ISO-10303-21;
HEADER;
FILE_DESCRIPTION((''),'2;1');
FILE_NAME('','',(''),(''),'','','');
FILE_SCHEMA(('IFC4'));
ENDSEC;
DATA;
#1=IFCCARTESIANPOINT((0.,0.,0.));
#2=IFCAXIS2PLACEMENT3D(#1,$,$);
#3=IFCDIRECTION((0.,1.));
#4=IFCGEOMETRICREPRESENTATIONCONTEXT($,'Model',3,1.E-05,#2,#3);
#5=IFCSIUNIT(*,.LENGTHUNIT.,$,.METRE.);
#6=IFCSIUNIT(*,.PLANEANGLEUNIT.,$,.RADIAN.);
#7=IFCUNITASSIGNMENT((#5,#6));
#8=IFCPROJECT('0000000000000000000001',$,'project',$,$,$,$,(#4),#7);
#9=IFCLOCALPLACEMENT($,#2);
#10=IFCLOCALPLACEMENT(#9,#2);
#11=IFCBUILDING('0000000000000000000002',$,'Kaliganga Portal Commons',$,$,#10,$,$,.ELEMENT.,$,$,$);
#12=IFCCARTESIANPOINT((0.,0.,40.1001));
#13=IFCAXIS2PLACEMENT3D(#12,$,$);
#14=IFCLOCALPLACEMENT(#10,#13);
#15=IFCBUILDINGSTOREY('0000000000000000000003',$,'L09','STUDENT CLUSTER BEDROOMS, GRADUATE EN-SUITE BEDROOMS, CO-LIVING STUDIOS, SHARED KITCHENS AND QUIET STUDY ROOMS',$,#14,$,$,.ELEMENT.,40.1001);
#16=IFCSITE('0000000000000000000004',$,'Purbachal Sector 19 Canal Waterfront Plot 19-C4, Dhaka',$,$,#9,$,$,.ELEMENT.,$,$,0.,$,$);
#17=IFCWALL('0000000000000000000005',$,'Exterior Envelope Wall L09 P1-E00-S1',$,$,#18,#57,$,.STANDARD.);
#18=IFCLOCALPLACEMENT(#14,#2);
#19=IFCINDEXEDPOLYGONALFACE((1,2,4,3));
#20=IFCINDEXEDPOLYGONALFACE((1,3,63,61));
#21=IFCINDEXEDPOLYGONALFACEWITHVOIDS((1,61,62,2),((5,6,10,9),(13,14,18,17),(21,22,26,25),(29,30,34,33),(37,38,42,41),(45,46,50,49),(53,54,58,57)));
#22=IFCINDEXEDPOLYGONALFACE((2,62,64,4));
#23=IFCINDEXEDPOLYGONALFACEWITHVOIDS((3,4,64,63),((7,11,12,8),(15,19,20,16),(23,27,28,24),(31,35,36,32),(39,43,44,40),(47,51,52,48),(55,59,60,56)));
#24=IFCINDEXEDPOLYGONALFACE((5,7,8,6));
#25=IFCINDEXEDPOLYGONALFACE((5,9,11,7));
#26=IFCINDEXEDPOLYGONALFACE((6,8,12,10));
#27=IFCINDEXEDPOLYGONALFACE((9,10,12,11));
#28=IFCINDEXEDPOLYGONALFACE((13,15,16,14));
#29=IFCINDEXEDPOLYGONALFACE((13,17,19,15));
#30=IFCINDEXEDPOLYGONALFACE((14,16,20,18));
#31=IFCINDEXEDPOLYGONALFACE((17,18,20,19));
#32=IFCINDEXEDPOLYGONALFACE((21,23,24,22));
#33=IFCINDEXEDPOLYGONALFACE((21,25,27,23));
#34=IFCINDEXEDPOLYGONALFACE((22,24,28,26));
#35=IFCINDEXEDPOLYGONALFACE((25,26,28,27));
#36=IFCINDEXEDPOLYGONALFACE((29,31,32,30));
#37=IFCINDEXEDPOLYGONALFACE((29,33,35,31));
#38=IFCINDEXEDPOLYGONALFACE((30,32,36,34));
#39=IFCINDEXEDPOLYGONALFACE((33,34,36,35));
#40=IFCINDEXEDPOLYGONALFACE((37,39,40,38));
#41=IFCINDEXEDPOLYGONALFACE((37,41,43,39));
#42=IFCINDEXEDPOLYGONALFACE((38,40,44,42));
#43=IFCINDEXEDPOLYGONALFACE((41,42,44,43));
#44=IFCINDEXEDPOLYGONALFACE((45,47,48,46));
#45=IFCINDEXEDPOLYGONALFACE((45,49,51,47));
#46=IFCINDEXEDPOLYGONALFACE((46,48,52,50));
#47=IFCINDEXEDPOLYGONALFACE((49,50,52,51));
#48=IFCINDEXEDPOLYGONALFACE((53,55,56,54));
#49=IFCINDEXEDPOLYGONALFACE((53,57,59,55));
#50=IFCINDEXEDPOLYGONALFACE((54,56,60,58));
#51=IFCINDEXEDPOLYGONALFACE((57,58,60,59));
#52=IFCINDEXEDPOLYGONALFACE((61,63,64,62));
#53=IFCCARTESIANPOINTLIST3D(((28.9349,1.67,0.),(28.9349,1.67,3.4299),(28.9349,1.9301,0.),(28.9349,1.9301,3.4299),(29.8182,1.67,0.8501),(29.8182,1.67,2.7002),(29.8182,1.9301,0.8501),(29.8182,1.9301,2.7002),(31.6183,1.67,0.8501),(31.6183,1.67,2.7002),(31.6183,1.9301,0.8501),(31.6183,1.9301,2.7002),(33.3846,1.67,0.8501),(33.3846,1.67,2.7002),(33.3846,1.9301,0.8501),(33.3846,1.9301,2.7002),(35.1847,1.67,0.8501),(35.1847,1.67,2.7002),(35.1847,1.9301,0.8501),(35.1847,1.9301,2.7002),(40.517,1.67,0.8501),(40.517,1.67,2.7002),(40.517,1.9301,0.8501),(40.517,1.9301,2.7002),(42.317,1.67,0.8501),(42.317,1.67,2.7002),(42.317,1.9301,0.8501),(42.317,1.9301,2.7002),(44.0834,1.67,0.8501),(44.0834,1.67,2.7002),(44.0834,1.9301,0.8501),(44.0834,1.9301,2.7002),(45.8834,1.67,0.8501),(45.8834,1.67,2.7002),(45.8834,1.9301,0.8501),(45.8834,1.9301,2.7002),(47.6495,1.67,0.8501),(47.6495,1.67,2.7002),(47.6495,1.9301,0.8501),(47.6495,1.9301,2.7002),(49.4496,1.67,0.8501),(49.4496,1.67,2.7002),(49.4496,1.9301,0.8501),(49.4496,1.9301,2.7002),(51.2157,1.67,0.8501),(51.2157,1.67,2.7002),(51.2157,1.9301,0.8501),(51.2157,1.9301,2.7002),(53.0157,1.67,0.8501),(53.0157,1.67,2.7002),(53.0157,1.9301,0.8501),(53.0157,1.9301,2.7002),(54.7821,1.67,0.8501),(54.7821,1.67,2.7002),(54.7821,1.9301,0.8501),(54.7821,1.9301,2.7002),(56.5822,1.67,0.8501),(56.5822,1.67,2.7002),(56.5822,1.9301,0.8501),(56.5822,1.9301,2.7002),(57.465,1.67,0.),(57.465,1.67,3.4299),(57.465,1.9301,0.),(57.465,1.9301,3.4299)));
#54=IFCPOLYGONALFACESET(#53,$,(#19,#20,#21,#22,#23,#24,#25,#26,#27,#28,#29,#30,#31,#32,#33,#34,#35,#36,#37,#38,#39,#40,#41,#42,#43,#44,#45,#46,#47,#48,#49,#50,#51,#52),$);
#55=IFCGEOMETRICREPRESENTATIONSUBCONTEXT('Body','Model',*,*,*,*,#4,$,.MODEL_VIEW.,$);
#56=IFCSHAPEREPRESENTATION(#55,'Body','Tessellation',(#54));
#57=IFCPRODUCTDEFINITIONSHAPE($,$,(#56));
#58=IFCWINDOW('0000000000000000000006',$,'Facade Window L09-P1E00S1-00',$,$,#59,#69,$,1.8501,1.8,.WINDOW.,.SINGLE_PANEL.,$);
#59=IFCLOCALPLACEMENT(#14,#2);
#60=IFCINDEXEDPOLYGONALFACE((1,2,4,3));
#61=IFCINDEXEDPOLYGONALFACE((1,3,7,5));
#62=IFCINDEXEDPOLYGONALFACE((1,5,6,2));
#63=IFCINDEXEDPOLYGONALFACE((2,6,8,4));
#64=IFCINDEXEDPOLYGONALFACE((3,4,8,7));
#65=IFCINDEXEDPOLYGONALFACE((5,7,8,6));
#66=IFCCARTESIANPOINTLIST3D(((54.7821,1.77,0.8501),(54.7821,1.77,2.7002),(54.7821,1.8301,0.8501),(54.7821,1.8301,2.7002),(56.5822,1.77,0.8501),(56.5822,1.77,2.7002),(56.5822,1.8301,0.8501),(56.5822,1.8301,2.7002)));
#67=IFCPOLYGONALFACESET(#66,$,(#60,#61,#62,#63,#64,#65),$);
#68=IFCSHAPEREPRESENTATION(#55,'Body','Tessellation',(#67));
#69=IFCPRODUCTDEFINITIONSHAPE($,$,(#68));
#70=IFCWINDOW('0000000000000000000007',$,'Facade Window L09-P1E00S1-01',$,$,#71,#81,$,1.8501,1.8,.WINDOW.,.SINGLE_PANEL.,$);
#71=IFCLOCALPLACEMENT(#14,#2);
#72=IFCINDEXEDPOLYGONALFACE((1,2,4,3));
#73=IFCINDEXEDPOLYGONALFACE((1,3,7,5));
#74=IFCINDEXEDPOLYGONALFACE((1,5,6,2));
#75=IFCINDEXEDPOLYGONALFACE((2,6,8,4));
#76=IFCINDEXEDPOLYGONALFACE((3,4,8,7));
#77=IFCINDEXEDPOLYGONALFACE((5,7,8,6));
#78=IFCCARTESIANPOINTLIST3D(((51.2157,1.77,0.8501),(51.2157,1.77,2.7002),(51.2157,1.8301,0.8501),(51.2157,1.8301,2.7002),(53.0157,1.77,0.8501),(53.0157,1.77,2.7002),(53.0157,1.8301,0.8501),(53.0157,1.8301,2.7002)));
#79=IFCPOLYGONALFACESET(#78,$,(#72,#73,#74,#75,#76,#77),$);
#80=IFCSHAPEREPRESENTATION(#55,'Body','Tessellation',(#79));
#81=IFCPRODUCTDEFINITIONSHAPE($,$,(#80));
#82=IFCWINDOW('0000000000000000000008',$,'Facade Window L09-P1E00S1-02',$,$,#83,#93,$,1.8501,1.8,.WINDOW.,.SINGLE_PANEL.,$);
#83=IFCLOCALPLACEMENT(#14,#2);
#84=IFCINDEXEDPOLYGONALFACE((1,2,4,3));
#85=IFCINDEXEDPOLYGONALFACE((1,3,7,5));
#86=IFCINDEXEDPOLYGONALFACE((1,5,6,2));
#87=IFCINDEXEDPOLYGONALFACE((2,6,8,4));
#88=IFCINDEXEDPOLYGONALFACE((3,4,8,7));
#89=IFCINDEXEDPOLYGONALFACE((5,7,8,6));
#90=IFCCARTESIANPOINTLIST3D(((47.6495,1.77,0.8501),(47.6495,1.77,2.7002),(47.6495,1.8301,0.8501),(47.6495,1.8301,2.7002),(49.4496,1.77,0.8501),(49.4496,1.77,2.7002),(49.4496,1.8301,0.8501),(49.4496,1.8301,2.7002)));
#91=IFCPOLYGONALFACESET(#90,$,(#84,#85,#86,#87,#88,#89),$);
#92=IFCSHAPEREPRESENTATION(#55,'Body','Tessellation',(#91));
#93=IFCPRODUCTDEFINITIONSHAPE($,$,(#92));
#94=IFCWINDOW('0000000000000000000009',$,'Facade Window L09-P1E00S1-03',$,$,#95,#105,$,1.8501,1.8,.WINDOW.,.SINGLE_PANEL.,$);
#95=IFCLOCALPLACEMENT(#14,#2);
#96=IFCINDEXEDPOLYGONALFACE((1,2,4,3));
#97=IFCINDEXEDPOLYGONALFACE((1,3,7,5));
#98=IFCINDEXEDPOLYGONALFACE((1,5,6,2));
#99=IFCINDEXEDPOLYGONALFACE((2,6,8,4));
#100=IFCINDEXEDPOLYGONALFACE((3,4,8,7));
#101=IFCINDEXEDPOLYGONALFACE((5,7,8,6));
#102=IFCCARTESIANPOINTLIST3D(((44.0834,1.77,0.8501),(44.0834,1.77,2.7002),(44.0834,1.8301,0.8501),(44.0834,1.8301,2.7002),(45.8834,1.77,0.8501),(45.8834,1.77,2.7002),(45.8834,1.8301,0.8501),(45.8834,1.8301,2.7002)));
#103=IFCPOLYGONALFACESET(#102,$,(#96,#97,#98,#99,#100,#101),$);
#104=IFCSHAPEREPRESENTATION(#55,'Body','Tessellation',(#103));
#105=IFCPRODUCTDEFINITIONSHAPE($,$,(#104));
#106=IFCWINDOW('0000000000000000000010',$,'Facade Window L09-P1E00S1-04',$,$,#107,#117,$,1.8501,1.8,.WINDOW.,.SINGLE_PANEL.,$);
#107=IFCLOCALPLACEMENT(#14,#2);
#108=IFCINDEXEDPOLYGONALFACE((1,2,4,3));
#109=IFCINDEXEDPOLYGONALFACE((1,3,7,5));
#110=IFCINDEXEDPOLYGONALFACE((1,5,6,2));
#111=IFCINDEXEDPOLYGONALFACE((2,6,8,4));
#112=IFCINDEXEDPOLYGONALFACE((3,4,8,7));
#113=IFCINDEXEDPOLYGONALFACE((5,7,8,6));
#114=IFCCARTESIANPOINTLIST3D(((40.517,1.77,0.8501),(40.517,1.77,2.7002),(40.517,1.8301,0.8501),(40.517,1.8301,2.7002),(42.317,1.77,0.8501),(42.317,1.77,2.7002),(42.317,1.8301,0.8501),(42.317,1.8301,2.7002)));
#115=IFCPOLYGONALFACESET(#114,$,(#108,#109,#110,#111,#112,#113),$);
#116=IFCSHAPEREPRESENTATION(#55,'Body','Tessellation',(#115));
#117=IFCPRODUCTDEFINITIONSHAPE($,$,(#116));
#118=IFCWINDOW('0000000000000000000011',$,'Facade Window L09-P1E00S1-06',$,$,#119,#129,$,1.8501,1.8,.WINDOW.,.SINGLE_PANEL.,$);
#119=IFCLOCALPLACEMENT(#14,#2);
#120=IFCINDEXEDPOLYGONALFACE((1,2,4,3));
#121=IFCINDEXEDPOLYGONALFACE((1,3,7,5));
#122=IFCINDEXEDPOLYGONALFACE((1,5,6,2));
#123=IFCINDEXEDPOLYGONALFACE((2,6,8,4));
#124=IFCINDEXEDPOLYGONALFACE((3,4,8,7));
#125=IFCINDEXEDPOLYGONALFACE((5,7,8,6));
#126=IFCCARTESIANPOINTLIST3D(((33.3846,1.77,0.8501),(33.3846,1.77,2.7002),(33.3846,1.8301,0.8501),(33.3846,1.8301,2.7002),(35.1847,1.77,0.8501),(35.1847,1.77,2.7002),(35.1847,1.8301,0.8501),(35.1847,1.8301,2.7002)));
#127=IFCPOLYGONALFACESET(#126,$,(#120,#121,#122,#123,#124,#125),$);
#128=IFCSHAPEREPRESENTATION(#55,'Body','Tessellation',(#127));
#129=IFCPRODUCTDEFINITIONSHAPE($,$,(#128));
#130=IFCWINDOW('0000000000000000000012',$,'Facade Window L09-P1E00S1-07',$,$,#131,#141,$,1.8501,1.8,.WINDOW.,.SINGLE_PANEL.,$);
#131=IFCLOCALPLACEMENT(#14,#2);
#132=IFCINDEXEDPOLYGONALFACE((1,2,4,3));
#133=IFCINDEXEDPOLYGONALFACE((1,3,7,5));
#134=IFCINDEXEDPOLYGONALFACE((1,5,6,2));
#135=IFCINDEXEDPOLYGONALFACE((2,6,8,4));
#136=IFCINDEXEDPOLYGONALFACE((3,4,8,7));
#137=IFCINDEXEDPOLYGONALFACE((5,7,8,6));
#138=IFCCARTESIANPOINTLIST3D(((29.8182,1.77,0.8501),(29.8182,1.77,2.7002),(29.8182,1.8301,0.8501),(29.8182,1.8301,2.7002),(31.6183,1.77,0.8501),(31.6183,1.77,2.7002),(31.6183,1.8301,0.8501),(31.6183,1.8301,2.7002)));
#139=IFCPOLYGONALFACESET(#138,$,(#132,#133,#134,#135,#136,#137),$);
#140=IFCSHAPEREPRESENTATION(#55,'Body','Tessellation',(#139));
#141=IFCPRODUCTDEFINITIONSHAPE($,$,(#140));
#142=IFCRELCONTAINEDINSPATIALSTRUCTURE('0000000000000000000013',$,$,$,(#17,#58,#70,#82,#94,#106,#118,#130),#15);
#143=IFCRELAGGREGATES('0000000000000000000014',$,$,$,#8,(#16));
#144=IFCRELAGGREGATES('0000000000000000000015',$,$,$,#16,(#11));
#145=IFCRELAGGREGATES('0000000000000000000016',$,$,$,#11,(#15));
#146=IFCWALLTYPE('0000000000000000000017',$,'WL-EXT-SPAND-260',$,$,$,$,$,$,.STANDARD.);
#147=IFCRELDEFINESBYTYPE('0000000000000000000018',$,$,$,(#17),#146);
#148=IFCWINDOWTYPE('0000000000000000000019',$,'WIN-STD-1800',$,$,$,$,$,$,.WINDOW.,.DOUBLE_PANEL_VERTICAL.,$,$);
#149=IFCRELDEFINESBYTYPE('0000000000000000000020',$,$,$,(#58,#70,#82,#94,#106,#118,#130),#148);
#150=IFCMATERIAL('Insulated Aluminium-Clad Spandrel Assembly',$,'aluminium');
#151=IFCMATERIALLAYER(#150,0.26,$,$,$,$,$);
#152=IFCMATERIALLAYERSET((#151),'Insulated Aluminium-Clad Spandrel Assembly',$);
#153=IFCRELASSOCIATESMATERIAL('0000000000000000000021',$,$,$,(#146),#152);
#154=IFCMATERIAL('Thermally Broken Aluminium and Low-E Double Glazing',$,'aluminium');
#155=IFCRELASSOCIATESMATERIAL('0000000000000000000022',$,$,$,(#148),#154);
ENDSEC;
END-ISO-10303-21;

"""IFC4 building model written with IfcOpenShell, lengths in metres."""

from ifc_helpers import new_model, si_unit, direction, frame, frame_2d, origin, place, context, subcontext, project, spatial, rectangle, extrude, material, layer, layer_set, type_object, element, fill, save


model = new_model("IFC4")

# Units and contexts
model_context = context("Model", 3, precision=1e-05, world=origin(), true_north=direction((0.0, 1.0)))
body_context = subcontext(model_context, "Body", "Model", "MODEL_VIEW")
ifc_project = project(units=[si_unit("LENGTHUNIT", "METRE"), si_unit("PLANEANGLEUNIT", "RADIAN")], contexts=[model_context])

# Site, building, storey
site_placement = place(None, origin())
site = spatial("IfcSite", under=ifc_project, at=site_placement, Name="Purbachal Sector 19 Canal Waterfront Plot 19-C4, Dhaka", CompositionType="ELEMENT", RefElevation=0.0)
building_placement = place(site_placement, origin())
building = spatial("IfcBuilding", under=site, at=building_placement, Name="Kaliganga Portal Commons", CompositionType="ELEMENT")
storey_placement = place(building_placement, frame((0.0, 0.0, 40.1001)))
storey = spatial("IfcBuildingStorey", under=building, at=storey_placement, Name="L09", Description="STUDENT CLUSTER BEDROOMS, GRADUATE EN-SUITE BEDROOMS, CO-LIVING STUDIOS, SHARED KITCHENS AND QUIET STUDY ROOMS", CompositionType="ELEMENT", Elevation=40.1001)

# Wall, openings, windows
ifc_material_1 = material(Name="Insulated Aluminium-Clad Spandrel Assembly", Category="aluminium")
ifc_layer_1 = layer(ifc_material_1, 0.26)
ifc_layer_set_1 = layer_set([ifc_layer_1], Name="Insulated Aluminium-Clad Spandrel Assembly")
wall_type_1 = type_object("IfcWallType", Name="WL-EXT-SPAND-260", PredefinedType="STANDARD", material=ifc_layer_set_1)
wall_1_placement = place(storey_placement, frame((57.4651, 1.8, 0.0), z_axis=(0.0, 0.0, 1.0), x_axis=(-1.0, 0.0, 0.0)))
wall_1 = element("IfcWall", 1, at=wall_1_placement, inside=storey, type_object=wall_type_1, Name="Exterior Envelope Wall L09 P1-E00-S1", PredefinedType="STANDARD", context=body_context, shape_type="SweptSolid", body=[
    extrude(rectangle(XDim=28.53, YDim=0.26, at=frame_2d((14.2651, 0.0))), origin(), (0.0, 0.0, 1.0), 3.4299),
])
opening_1_placement = place(wall_1_placement, frame((0.8831, 0.0, 0.8501)))
opening_1 = element("IfcOpeningElement", 2, at=opening_1_placement, cuts=wall_1, PredefinedType="OPENING", context=body_context, shape_type="SweptSolid", body=[
    extrude(rectangle(XDim=1.8, YDim=1.8501, at=frame_2d((0.8999, 0.925))), frame((0.0, 0.1401, 0.0), z_axis=(0.0, -1.0, 0.0), x_axis=(1.0, 0.0, 0.0)), (0.0, 0.0, 1.0), 0.28),
])
opening_2_placement = place(wall_1_placement, frame((4.4495, 0.0, 0.8501)))
opening_2 = element("IfcOpeningElement", 3, at=opening_2_placement, cuts=wall_1, PredefinedType="OPENING", context=body_context, shape_type="SweptSolid", body=[
    extrude(rectangle(XDim=1.8, YDim=1.8501, at=frame_2d((0.8999, 0.925))), frame((0.0, 0.1401, 0.0), z_axis=(0.0, -1.0, 0.0), x_axis=(1.0, 0.0, 0.0)), (0.0, 0.0, 1.0), 0.28),
])
opening_3_placement = place(wall_1_placement, frame((8.0156, 0.0, 0.8501)))
opening_3 = element("IfcOpeningElement", 4, at=opening_3_placement, cuts=wall_1, PredefinedType="OPENING", context=body_context, shape_type="SweptSolid", body=[
    extrude(rectangle(XDim=1.8, YDim=1.8501, at=frame_2d((0.8999, 0.925))), frame((0.0, 0.1401, 0.0), z_axis=(0.0, -1.0, 0.0), x_axis=(1.0, 0.0, 0.0)), (0.0, 0.0, 1.0), 0.28),
])
opening_4_placement = place(wall_1_placement, frame((11.5818, 0.0, 0.8501)))
opening_4 = element("IfcOpeningElement", 5, at=opening_4_placement, cuts=wall_1, PredefinedType="OPENING", context=body_context, shape_type="SweptSolid", body=[
    extrude(rectangle(XDim=1.8, YDim=1.8501, at=frame_2d((0.8999, 0.925))), frame((0.0, 0.1401, 0.0), z_axis=(0.0, -1.0, 0.0), x_axis=(1.0, 0.0, 0.0)), (0.0, 0.0, 1.0), 0.28),
])
opening_5_placement = place(wall_1_placement, frame((15.1482, 0.0, 0.8501)))
opening_5 = element("IfcOpeningElement", 6, at=opening_5_placement, cuts=wall_1, PredefinedType="OPENING", context=body_context, shape_type="SweptSolid", body=[
    extrude(rectangle(XDim=1.8, YDim=1.8501, at=frame_2d((0.8999, 0.925))), frame((0.0, 0.1401, 0.0), z_axis=(0.0, -1.0, 0.0), x_axis=(1.0, 0.0, 0.0)), (0.0, 0.0, 1.0), 0.28),
])
opening_6_placement = place(wall_1_placement, frame((22.2805, 0.0, 0.8501)))
opening_6 = element("IfcOpeningElement", 7, at=opening_6_placement, cuts=wall_1, PredefinedType="OPENING", context=body_context, shape_type="SweptSolid", body=[
    extrude(rectangle(XDim=1.8, YDim=1.8501, at=frame_2d((0.8999, 0.925))), frame((0.0, 0.1401, 0.0), z_axis=(0.0, -1.0, 0.0), x_axis=(1.0, 0.0, 0.0)), (0.0, 0.0, 1.0), 0.28),
])
opening_7_placement = place(wall_1_placement, frame((25.8469, 0.0, 0.8501)))
opening_7 = element("IfcOpeningElement", 8, at=opening_7_placement, cuts=wall_1, PredefinedType="OPENING", context=body_context, shape_type="SweptSolid", body=[
    extrude(rectangle(XDim=1.8, YDim=1.8501, at=frame_2d((0.8999, 0.925))), frame((0.0, 0.1401, 0.0), z_axis=(0.0, -1.0, 0.0), x_axis=(1.0, 0.0, 0.0)), (0.0, 0.0, 1.0), 0.28),
])
ifc_material_2 = material(Name="Thermally Broken Aluminium and Low-E Double Glazing", Category="aluminium")
window_type = type_object("IfcWindowType", Name="WIN-STD-1800", PartitioningType="DOUBLE_PANEL_VERTICAL", PredefinedType="WINDOW", material=ifc_material_2)
window_1_placement = place(opening_1_placement, origin())
window_1 = element("IfcWindow", 9, at=window_1_placement, inside=storey, type_object=window_type, Name="Facade Window L09-P1E00S1-00", OverallHeight=1.8501, OverallWidth=1.8, PartitioningType="SINGLE_PANEL", PredefinedType="WINDOW", context=body_context, shape_type="SweptSolid", body=[
    extrude(rectangle(XDim=1.8, YDim=1.8501, at=frame_2d((0.8999, 0.925))), frame((0.0, 0.03, 0.0), z_axis=(0.0, -1.0, 0.0), x_axis=(1.0, 0.0, 0.0)), (0.0, 0.0, 1.0), 0.0601),
])
fill(opening_1, window_1)
window_2_placement = place(opening_2_placement, origin())
window_2 = element("IfcWindow", 10, at=window_2_placement, inside=storey, type_object=window_type, Name="Facade Window L09-P1E00S1-01", OverallHeight=1.8501, OverallWidth=1.8, PartitioningType="SINGLE_PANEL", PredefinedType="WINDOW", context=body_context, shape_type="SweptSolid", body=[
    extrude(rectangle(XDim=1.8, YDim=1.8501, at=frame_2d((0.8999, 0.925))), frame((0.0, 0.03, 0.0), z_axis=(0.0, -1.0, 0.0), x_axis=(1.0, 0.0, 0.0)), (0.0, 0.0, 1.0), 0.0601),
])
fill(opening_2, window_2)
window_3_placement = place(opening_3_placement, origin())
window_3 = element("IfcWindow", 11, at=window_3_placement, inside=storey, type_object=window_type, Name="Facade Window L09-P1E00S1-02", OverallHeight=1.8501, OverallWidth=1.8, PartitioningType="SINGLE_PANEL", PredefinedType="WINDOW", context=body_context, shape_type="SweptSolid", body=[
    extrude(rectangle(XDim=1.8, YDim=1.8501, at=frame_2d((0.8999, 0.925))), frame((0.0, 0.03, 0.0), z_axis=(0.0, -1.0, 0.0), x_axis=(1.0, 0.0, 0.0)), (0.0, 0.0, 1.0), 0.0601),
])
fill(opening_3, window_3)
window_4_placement = place(opening_4_placement, origin())
window_4 = element("IfcWindow", 12, at=window_4_placement, inside=storey, type_object=window_type, Name="Facade Window L09-P1E00S1-03", OverallHeight=1.8501, OverallWidth=1.8, PartitioningType="SINGLE_PANEL", PredefinedType="WINDOW", context=body_context, shape_type="SweptSolid", body=[
    extrude(rectangle(XDim=1.8, YDim=1.8501, at=frame_2d((0.8999, 0.925))), frame((0.0, 0.03, 0.0), z_axis=(0.0, -1.0, 0.0), x_axis=(1.0, 0.0, 0.0)), (0.0, 0.0, 1.0), 0.0601),
])
fill(opening_4, window_4)
window_5_placement = place(opening_5_placement, origin())
window_5 = element("IfcWindow", 13, at=window_5_placement, inside=storey, type_object=window_type, Name="Facade Window L09-P1E00S1-04", OverallHeight=1.8501, OverallWidth=1.8, PartitioningType="SINGLE_PANEL", PredefinedType="WINDOW", context=body_context, shape_type="SweptSolid", body=[
    extrude(rectangle(XDim=1.8, YDim=1.8501, at=frame_2d((0.8999, 0.925))), frame((0.0, 0.03, 0.0), z_axis=(0.0, -1.0, 0.0), x_axis=(1.0, 0.0, 0.0)), (0.0, 0.0, 1.0), 0.0601),
])
fill(opening_5, window_5)
window_6_placement = place(opening_6_placement, origin())
window_6 = element("IfcWindow", 14, at=window_6_placement, inside=storey, type_object=window_type, Name="Facade Window L09-P1E00S1-06", OverallHeight=1.8501, OverallWidth=1.8, PartitioningType="SINGLE_PANEL", PredefinedType="WINDOW", context=body_context, shape_type="SweptSolid", body=[
    extrude(rectangle(XDim=1.8, YDim=1.8501, at=frame_2d((0.8999, 0.925))), frame((0.0, 0.03, 0.0), z_axis=(0.0, -1.0, 0.0), x_axis=(1.0, 0.0, 0.0)), (0.0, 0.0, 1.0), 0.0601),
])
fill(opening_6, window_6)
window_7_placement = place(opening_7_placement, origin())
window_7 = element("IfcWindow", 15, at=window_7_placement, inside=storey, type_object=window_type, Name="Facade Window L09-P1E00S1-07", OverallHeight=1.8501, OverallWidth=1.8, PartitioningType="SINGLE_PANEL", PredefinedType="WINDOW", context=body_context, shape_type="SweptSolid", body=[
    extrude(rectangle(XDim=1.8, YDim=1.8501, at=frame_2d((0.8999, 0.925))), frame((0.0, 0.03, 0.0), z_axis=(0.0, -1.0, 0.0), x_axis=(1.0, 0.0, 0.0)), (0.0, 0.0, 1.0), 0.0601),
])
fill(opening_7, window_7)

save(model, "model.ifc")
